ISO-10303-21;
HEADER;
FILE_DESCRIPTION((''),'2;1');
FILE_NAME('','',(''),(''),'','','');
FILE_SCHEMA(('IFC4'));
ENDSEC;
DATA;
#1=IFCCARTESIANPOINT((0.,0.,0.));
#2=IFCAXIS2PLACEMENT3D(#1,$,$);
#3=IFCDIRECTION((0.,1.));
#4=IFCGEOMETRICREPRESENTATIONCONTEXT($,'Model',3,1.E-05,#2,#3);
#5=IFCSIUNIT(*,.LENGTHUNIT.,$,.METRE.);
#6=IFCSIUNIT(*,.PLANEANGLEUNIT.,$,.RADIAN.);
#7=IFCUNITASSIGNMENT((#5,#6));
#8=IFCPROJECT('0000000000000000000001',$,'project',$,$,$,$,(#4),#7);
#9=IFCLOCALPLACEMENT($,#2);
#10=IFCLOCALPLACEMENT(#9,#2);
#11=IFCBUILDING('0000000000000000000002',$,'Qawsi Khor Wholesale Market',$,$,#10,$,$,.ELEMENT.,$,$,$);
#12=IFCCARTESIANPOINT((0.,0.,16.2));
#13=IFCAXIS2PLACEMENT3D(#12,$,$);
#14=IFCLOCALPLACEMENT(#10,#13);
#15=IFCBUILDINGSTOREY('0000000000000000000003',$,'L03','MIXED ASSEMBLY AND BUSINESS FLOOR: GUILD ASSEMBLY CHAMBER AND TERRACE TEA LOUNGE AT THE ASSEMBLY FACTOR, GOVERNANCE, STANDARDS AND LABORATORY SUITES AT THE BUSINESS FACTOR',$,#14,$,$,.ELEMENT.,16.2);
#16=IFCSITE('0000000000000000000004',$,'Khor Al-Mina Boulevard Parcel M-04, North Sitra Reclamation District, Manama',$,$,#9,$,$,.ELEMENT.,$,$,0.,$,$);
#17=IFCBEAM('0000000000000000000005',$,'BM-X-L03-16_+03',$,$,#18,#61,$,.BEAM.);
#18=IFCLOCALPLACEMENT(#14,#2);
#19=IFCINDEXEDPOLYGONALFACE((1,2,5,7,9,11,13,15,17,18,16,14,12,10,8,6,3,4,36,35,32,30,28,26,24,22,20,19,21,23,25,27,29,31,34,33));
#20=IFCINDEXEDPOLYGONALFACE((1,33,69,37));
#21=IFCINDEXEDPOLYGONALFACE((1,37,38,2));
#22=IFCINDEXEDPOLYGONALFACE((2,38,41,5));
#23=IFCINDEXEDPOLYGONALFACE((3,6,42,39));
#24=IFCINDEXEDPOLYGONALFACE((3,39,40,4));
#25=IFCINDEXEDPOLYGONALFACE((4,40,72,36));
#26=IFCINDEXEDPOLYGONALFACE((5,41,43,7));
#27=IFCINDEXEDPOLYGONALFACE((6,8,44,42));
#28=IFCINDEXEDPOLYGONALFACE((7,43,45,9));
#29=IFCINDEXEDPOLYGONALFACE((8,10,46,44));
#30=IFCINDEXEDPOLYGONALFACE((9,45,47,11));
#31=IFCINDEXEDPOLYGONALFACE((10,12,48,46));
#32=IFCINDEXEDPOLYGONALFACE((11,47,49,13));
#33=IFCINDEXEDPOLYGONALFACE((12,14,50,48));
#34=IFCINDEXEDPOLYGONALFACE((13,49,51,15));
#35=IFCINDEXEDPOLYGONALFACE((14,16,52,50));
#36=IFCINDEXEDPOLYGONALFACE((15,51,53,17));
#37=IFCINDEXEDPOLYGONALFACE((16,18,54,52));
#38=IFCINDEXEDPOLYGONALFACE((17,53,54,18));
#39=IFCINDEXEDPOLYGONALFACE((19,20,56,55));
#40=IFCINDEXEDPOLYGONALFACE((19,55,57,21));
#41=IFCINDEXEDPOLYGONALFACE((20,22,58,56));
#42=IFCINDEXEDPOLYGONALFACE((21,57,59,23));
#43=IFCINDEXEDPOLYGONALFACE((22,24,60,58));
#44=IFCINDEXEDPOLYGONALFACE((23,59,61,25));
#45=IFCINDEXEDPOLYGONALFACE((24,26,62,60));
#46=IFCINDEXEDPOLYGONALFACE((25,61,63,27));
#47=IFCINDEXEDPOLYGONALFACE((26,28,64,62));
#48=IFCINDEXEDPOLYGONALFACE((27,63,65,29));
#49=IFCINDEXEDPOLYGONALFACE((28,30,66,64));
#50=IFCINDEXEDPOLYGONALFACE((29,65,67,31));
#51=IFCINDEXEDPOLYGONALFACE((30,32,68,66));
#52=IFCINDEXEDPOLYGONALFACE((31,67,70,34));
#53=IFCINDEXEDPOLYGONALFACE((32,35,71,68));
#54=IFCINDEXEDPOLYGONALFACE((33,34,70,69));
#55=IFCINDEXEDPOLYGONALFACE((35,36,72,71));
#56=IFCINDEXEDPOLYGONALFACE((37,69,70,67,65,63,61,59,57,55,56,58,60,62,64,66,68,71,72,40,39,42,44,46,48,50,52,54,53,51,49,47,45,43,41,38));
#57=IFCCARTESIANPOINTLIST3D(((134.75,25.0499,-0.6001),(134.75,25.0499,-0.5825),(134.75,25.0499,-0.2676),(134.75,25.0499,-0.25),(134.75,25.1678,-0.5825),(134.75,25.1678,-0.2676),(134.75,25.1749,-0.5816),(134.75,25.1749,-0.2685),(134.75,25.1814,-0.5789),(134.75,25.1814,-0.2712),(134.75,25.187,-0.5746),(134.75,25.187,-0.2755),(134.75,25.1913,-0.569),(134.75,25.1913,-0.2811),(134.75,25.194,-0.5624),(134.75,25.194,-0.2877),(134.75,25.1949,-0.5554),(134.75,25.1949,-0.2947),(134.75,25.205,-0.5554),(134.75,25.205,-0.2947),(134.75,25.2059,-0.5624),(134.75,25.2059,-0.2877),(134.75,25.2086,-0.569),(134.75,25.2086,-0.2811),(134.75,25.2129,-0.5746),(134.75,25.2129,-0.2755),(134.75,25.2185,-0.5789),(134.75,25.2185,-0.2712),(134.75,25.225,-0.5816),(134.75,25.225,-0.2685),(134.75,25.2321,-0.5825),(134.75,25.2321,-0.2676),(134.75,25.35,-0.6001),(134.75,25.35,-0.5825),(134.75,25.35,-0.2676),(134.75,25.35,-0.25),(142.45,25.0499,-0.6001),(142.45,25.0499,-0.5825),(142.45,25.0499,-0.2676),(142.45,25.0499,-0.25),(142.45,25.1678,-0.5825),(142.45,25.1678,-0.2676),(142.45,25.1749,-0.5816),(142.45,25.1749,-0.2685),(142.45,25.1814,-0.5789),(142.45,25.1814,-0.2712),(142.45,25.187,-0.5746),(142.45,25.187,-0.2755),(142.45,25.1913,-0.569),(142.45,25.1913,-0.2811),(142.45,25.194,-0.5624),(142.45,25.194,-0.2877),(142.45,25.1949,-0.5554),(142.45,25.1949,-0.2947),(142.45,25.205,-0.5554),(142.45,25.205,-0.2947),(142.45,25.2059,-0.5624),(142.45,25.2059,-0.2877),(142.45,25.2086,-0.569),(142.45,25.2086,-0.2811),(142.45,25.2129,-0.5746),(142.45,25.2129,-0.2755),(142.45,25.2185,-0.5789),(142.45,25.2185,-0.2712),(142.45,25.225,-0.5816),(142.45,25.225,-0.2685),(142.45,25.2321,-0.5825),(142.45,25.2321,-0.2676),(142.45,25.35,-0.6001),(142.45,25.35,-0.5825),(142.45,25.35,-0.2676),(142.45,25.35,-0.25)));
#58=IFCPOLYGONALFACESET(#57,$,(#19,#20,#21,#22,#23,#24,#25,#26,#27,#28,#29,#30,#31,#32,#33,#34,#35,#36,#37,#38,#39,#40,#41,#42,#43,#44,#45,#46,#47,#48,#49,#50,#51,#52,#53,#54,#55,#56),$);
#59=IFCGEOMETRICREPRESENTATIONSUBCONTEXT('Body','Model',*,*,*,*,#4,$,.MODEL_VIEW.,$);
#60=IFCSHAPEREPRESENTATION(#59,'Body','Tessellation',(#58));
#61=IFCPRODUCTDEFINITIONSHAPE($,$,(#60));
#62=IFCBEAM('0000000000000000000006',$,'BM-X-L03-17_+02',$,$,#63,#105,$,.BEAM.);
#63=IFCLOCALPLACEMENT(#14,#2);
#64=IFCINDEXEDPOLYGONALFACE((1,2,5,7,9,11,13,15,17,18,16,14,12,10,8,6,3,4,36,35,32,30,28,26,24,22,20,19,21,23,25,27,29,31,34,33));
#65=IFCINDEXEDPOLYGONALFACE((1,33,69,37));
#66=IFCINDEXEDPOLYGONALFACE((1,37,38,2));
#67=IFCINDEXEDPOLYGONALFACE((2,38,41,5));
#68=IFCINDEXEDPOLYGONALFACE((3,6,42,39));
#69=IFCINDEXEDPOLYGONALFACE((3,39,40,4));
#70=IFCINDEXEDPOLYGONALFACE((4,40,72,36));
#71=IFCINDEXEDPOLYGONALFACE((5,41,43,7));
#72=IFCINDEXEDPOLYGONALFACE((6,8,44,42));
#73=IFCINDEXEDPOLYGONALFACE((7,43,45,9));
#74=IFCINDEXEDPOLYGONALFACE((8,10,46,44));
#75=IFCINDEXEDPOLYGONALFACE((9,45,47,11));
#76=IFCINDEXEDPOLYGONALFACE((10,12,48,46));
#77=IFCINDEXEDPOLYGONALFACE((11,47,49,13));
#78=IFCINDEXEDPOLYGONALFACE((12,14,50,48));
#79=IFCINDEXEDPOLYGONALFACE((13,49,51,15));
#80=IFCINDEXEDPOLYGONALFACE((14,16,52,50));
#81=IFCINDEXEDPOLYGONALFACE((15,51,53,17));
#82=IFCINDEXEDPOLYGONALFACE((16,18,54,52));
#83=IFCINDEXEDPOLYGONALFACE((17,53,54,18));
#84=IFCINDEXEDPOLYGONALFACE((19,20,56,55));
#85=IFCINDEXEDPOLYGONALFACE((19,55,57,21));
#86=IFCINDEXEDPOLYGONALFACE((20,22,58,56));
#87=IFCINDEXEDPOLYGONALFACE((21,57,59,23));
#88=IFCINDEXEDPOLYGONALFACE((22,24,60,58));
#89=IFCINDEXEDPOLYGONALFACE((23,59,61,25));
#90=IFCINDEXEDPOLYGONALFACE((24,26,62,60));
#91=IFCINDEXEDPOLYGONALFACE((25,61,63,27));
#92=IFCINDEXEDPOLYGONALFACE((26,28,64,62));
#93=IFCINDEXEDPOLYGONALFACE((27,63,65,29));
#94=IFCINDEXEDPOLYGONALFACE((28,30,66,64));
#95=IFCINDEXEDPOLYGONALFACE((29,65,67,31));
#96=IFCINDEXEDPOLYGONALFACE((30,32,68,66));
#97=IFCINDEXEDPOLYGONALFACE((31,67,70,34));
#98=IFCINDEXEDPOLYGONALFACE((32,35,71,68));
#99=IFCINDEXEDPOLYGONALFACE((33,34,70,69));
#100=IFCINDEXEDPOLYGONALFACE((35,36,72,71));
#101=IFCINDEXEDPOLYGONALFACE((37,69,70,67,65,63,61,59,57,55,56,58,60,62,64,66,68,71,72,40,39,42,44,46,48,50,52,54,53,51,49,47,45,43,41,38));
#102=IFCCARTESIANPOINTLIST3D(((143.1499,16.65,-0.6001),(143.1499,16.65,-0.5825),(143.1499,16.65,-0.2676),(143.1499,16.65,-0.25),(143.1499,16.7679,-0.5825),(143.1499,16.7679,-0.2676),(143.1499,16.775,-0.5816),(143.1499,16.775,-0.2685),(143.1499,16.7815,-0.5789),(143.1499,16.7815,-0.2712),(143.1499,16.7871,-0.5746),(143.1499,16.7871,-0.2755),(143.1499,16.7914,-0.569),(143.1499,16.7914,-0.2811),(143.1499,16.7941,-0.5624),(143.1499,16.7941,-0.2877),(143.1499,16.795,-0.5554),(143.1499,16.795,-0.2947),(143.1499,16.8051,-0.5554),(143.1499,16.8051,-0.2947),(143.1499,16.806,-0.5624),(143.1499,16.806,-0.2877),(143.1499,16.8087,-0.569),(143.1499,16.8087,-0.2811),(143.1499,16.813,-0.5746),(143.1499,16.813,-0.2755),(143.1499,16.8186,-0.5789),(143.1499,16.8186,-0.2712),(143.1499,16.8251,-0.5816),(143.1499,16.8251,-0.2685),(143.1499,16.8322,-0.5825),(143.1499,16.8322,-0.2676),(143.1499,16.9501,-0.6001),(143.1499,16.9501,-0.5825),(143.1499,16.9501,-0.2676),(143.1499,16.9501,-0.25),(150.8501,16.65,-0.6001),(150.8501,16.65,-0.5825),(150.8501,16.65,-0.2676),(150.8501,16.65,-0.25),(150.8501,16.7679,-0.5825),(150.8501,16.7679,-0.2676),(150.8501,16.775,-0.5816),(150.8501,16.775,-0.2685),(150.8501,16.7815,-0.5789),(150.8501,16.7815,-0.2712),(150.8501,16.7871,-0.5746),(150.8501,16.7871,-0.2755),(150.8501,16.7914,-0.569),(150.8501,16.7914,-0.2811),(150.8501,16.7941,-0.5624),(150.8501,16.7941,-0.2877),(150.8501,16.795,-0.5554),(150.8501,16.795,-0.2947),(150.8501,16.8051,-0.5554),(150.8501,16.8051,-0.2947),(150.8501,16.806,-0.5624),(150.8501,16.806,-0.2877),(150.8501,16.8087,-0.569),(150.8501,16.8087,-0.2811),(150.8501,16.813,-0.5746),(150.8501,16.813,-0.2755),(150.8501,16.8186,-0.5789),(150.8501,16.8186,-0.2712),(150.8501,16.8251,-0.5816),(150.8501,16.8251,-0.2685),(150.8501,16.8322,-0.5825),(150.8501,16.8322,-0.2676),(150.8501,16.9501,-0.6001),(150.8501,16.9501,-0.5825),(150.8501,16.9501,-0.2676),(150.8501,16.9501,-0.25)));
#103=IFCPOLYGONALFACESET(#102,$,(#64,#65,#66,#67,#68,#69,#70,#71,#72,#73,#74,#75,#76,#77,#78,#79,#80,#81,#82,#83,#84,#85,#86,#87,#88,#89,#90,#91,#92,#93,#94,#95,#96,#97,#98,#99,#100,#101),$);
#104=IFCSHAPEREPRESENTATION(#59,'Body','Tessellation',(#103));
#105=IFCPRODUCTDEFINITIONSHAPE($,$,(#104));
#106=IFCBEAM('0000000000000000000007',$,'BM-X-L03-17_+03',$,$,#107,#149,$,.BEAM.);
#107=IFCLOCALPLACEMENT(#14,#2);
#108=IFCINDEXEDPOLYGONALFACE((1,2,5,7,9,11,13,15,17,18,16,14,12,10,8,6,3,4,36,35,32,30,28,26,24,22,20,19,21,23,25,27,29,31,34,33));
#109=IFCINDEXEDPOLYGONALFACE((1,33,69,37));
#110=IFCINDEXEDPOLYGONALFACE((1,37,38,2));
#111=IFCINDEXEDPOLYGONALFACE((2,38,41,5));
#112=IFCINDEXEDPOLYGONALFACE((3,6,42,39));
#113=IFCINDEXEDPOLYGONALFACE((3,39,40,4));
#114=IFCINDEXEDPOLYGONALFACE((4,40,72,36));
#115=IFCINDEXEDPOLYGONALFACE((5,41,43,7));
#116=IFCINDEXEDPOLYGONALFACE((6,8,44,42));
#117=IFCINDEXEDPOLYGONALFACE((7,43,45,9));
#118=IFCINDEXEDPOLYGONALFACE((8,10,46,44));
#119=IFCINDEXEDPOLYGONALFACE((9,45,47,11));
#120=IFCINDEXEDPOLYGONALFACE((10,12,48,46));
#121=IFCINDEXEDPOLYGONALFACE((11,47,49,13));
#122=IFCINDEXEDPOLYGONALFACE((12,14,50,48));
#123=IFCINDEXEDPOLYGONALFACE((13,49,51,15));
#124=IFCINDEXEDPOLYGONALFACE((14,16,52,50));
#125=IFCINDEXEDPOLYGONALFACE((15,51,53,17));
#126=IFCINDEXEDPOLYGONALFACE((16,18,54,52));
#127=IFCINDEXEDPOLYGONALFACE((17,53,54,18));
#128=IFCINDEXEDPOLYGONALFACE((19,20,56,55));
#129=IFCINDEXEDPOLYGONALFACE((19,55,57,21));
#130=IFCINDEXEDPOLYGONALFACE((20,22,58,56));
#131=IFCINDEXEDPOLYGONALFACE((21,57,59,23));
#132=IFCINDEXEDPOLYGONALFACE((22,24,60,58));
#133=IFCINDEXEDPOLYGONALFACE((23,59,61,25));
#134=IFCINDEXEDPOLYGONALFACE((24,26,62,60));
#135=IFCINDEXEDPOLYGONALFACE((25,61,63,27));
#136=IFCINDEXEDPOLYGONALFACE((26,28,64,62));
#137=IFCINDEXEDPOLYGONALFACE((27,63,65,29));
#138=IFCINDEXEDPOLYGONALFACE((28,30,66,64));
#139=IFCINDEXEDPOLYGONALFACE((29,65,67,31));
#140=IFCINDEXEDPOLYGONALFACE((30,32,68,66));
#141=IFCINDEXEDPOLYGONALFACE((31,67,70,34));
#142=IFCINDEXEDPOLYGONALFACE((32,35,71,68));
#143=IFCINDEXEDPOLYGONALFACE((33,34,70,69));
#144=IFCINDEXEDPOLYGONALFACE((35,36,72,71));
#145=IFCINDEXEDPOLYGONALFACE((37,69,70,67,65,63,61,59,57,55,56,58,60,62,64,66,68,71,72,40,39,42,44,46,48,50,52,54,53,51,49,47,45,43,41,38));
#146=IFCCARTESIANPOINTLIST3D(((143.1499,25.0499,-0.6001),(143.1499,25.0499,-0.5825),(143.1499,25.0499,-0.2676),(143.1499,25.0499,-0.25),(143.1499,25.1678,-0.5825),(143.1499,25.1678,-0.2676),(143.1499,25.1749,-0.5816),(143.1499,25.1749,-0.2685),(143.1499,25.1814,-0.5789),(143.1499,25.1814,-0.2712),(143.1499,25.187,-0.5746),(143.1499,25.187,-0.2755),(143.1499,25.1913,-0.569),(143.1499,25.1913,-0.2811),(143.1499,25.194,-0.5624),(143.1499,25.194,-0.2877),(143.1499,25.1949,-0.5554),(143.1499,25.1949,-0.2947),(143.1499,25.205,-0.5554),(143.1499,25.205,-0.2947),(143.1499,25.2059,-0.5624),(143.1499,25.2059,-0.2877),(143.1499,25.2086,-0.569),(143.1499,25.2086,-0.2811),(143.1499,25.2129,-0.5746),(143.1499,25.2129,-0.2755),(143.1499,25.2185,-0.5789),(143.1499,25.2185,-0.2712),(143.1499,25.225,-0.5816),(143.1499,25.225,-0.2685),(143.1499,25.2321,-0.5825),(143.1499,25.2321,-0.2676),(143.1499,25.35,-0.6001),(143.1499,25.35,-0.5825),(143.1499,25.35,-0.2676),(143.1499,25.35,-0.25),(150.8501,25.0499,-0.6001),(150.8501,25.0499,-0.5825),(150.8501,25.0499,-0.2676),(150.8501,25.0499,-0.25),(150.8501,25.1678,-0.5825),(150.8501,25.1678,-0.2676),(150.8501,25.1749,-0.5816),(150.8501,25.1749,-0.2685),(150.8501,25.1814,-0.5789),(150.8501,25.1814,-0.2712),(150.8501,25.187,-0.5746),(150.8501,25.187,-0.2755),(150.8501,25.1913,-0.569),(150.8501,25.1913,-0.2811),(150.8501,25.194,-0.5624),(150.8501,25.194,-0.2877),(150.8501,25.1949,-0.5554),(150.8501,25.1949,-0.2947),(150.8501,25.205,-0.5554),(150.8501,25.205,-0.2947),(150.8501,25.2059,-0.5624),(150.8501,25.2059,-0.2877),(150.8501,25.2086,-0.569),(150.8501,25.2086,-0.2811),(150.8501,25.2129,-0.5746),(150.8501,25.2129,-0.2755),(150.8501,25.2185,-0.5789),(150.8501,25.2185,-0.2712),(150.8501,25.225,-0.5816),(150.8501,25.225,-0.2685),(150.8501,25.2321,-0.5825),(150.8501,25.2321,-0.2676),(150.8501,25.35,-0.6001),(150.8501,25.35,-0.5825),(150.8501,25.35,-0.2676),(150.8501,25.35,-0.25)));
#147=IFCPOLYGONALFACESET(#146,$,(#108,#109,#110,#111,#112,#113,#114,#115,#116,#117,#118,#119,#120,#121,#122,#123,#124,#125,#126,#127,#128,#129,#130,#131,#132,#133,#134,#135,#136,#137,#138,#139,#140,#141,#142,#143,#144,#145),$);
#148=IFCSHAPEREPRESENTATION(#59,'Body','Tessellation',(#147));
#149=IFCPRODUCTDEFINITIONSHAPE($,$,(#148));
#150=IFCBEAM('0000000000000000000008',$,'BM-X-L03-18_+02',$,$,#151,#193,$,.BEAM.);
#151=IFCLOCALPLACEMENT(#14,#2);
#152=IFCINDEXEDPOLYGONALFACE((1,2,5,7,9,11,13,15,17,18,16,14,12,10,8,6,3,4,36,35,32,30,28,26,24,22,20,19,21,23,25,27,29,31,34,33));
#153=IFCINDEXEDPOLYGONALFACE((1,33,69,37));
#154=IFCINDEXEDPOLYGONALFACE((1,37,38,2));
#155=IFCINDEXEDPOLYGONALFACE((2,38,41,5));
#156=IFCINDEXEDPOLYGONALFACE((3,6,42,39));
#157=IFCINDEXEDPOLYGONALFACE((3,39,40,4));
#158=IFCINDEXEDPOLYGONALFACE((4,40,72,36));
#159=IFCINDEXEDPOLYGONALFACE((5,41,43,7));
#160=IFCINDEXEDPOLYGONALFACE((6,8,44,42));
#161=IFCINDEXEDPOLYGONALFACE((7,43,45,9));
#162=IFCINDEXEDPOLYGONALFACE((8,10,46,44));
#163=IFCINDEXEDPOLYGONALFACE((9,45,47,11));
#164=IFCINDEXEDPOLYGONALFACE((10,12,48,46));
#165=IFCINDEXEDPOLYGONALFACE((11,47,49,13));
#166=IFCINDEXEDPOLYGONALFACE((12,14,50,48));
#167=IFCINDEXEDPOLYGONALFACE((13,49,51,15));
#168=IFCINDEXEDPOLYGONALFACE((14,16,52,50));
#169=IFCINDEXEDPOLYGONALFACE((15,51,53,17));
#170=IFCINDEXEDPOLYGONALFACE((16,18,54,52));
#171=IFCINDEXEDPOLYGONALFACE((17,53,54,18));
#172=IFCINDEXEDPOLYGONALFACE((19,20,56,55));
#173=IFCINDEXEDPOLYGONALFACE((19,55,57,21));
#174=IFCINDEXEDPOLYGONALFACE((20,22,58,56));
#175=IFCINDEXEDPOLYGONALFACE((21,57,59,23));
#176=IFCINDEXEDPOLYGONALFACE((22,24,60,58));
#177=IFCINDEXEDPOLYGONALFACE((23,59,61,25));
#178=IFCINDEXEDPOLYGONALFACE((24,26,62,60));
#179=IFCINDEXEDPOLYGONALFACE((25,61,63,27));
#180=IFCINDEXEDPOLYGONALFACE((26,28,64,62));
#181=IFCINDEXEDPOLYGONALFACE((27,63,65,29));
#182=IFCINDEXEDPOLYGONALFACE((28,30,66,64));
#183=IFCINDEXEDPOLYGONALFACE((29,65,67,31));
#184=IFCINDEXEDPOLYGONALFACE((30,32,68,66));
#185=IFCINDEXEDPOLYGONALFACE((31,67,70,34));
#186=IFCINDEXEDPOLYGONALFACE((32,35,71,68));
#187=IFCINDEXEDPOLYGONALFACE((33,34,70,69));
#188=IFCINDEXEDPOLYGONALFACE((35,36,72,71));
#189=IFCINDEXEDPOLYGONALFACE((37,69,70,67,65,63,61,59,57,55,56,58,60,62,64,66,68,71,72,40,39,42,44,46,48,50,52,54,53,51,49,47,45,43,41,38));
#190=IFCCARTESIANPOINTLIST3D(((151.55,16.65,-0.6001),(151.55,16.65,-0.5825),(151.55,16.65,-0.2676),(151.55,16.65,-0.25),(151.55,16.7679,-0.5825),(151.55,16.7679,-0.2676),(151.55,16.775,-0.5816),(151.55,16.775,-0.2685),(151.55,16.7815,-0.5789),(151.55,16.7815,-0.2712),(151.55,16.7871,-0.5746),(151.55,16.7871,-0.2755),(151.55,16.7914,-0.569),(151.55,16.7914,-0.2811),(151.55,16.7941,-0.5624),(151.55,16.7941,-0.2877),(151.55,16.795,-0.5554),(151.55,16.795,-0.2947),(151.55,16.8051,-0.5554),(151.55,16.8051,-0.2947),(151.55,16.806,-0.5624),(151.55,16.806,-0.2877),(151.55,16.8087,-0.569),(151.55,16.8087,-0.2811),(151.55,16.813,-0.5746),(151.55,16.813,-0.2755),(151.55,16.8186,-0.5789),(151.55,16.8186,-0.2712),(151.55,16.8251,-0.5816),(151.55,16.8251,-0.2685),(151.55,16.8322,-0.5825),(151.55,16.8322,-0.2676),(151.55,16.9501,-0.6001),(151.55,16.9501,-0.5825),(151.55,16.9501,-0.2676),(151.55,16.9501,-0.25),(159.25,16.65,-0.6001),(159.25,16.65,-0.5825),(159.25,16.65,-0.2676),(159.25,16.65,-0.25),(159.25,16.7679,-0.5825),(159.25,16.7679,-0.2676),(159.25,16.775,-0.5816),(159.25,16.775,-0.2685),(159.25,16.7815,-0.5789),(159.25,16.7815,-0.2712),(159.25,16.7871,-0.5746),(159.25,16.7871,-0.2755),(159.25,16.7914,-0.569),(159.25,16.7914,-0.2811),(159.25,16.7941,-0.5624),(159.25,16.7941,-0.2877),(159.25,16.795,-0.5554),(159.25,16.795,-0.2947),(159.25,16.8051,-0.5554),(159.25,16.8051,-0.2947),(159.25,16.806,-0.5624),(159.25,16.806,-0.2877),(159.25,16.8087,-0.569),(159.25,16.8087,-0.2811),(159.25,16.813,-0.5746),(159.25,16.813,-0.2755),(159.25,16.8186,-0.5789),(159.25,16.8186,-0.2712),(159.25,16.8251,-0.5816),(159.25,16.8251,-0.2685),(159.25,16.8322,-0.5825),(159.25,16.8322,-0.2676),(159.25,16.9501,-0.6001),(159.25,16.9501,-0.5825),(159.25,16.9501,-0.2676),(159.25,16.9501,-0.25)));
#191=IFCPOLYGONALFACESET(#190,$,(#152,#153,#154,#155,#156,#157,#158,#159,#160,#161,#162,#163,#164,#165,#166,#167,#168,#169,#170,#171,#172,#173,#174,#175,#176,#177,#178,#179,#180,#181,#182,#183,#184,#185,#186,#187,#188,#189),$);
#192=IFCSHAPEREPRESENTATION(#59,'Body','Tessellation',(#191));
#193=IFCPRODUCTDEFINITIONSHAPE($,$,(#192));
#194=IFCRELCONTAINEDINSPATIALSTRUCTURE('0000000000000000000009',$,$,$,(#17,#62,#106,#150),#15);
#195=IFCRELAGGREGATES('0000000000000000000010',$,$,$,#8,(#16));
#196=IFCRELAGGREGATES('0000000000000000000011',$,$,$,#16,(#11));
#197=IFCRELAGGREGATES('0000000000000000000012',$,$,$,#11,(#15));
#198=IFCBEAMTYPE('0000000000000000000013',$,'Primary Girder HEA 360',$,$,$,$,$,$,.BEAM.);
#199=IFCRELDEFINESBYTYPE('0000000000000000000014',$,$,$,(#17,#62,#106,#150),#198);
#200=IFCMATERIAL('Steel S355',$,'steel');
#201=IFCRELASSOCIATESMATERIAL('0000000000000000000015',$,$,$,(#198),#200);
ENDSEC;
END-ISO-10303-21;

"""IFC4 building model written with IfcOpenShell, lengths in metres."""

from ifc_helpers import new_model, si_unit, direction, frame, origin, origin_2d, place, context, subcontext, project, spatial, i_section, extrude, material, material_profile, profile_set, type_object, element, save


model = new_model("IFC4")

# Units and contexts
model_context = context("Model", 3, precision=1e-05, world=origin(), true_north=direction((0.0, 1.0)))
body_context = subcontext(model_context, "Body", "Model", "MODEL_VIEW")
ifc_project = project(units=[si_unit("LENGTHUNIT", "METRE"), si_unit("PLANEANGLEUNIT", "RADIAN")], contexts=[model_context])

# Site, building, storey
site_placement = place(None, origin())
site = spatial("IfcSite", under=ifc_project, at=site_placement, Name="Khor Al-Mina Boulevard Parcel M-04, North Sitra Reclamation District, Manama", CompositionType="ELEMENT", RefElevation=0.0)
building_placement = place(site_placement, origin())
building = spatial("IfcBuilding", under=site, at=building_placement, Name="Qawsi Khor Wholesale Market", CompositionType="ELEMENT")
storey_placement = place(building_placement, frame((0.0, 0.0, 16.2)))
storey = spatial("IfcBuildingStorey", under=building, at=storey_placement, Name="L03", Description="MIXED ASSEMBLY AND BUSINESS FLOOR: GUILD ASSEMBLY CHAMBER AND TERRACE TEA LOUNGE AT THE ASSEMBLY FACTOR, GOVERNANCE, STANDARDS AND LABORATORY SUITES AT THE BUSINESS FACTOR", CompositionType="ELEMENT", Elevation=16.2)

# Shared definitions
ifc_material_1 = material(Name="Steel S355", Category="steel")

# Beams
ifc_material_profile_1 = material_profile(ifc_material_1, i_section(OverallWidth=0.3, OverallDepth=0.3501, WebThickness=0.01, FlangeThickness=0.0176, FilletRadius=0.0271, at=origin_2d()), Name="HEA 360")
ifc_profile_set_1 = profile_set([ifc_material_profile_1], Name="Steel S355")
beam_type_1 = type_object("IfcBeamType", Name="Primary Girder HEA 360", PredefinedType="BEAM", material=ifc_profile_set_1)
for number, where, z_axis, x_axis, name in (
    (1, (134.75, 25.2, -0.425), (1.0, 0.0, 0.0), (0.0, 1.0, 0.0), "BM-X-L03-16_+03"),
):
    element("IfcBeam", number, at=place(storey_placement, frame(where, z_axis=z_axis, x_axis=x_axis)), inside=storey, type_object=beam_type_1, Name=name, PredefinedType="BEAM", context=body_context, shape_type="SweptSolid", body=[
        extrude(i_section(OverallWidth=0.3, OverallDepth=0.3501, WebThickness=0.01, FlangeThickness=0.0176, FilletRadius=0.0271, at=origin_2d()), origin(), (0.0, 0.0, 1.0), 7.7),
    ])
for number, where, z_axis, x_axis, name in (
    (2, (143.1499, 16.8, -0.425), (1.0, 0.0, 0.0), (0.0, 1.0, 0.0), "BM-X-L03-17_+02"),
    (3, (143.1499, 25.2, -0.425), (1.0, 0.0, 0.0), (0.0, 1.0, 0.0), "BM-X-L03-17_+03"),
):
    element("IfcBeam", number, at=place(storey_placement, frame(where, z_axis=z_axis, x_axis=x_axis)), inside=storey, type_object=beam_type_1, Name=name, PredefinedType="BEAM", context=body_context, shape_type="SweptSolid", body=[
        extrude(i_section(OverallWidth=0.3, OverallDepth=0.3501, WebThickness=0.01, FlangeThickness=0.0176, FilletRadius=0.0271, at=origin_2d()), origin(), (0.0, 0.0, 1.0), 7.7002),
    ])
beam_1_placement = place(storey_placement, frame((151.55, 16.8, -0.425), z_axis=(1.0, 0.0, 0.0), x_axis=(0.0, 1.0, 0.0)))
element("IfcBeam", 4, at=beam_1_placement, inside=storey, type_object=beam_type_1, Name="BM-X-L03-18_+02", PredefinedType="BEAM", context=body_context, shape_type="SweptSolid", body=[
    extrude(i_section(OverallWidth=0.3, OverallDepth=0.3501, WebThickness=0.01, FlangeThickness=0.0176, FilletRadius=0.0271, at=origin_2d()), origin(), (0.0, 0.0, 1.0), 7.7),
])

save(model, "model.ifc")
